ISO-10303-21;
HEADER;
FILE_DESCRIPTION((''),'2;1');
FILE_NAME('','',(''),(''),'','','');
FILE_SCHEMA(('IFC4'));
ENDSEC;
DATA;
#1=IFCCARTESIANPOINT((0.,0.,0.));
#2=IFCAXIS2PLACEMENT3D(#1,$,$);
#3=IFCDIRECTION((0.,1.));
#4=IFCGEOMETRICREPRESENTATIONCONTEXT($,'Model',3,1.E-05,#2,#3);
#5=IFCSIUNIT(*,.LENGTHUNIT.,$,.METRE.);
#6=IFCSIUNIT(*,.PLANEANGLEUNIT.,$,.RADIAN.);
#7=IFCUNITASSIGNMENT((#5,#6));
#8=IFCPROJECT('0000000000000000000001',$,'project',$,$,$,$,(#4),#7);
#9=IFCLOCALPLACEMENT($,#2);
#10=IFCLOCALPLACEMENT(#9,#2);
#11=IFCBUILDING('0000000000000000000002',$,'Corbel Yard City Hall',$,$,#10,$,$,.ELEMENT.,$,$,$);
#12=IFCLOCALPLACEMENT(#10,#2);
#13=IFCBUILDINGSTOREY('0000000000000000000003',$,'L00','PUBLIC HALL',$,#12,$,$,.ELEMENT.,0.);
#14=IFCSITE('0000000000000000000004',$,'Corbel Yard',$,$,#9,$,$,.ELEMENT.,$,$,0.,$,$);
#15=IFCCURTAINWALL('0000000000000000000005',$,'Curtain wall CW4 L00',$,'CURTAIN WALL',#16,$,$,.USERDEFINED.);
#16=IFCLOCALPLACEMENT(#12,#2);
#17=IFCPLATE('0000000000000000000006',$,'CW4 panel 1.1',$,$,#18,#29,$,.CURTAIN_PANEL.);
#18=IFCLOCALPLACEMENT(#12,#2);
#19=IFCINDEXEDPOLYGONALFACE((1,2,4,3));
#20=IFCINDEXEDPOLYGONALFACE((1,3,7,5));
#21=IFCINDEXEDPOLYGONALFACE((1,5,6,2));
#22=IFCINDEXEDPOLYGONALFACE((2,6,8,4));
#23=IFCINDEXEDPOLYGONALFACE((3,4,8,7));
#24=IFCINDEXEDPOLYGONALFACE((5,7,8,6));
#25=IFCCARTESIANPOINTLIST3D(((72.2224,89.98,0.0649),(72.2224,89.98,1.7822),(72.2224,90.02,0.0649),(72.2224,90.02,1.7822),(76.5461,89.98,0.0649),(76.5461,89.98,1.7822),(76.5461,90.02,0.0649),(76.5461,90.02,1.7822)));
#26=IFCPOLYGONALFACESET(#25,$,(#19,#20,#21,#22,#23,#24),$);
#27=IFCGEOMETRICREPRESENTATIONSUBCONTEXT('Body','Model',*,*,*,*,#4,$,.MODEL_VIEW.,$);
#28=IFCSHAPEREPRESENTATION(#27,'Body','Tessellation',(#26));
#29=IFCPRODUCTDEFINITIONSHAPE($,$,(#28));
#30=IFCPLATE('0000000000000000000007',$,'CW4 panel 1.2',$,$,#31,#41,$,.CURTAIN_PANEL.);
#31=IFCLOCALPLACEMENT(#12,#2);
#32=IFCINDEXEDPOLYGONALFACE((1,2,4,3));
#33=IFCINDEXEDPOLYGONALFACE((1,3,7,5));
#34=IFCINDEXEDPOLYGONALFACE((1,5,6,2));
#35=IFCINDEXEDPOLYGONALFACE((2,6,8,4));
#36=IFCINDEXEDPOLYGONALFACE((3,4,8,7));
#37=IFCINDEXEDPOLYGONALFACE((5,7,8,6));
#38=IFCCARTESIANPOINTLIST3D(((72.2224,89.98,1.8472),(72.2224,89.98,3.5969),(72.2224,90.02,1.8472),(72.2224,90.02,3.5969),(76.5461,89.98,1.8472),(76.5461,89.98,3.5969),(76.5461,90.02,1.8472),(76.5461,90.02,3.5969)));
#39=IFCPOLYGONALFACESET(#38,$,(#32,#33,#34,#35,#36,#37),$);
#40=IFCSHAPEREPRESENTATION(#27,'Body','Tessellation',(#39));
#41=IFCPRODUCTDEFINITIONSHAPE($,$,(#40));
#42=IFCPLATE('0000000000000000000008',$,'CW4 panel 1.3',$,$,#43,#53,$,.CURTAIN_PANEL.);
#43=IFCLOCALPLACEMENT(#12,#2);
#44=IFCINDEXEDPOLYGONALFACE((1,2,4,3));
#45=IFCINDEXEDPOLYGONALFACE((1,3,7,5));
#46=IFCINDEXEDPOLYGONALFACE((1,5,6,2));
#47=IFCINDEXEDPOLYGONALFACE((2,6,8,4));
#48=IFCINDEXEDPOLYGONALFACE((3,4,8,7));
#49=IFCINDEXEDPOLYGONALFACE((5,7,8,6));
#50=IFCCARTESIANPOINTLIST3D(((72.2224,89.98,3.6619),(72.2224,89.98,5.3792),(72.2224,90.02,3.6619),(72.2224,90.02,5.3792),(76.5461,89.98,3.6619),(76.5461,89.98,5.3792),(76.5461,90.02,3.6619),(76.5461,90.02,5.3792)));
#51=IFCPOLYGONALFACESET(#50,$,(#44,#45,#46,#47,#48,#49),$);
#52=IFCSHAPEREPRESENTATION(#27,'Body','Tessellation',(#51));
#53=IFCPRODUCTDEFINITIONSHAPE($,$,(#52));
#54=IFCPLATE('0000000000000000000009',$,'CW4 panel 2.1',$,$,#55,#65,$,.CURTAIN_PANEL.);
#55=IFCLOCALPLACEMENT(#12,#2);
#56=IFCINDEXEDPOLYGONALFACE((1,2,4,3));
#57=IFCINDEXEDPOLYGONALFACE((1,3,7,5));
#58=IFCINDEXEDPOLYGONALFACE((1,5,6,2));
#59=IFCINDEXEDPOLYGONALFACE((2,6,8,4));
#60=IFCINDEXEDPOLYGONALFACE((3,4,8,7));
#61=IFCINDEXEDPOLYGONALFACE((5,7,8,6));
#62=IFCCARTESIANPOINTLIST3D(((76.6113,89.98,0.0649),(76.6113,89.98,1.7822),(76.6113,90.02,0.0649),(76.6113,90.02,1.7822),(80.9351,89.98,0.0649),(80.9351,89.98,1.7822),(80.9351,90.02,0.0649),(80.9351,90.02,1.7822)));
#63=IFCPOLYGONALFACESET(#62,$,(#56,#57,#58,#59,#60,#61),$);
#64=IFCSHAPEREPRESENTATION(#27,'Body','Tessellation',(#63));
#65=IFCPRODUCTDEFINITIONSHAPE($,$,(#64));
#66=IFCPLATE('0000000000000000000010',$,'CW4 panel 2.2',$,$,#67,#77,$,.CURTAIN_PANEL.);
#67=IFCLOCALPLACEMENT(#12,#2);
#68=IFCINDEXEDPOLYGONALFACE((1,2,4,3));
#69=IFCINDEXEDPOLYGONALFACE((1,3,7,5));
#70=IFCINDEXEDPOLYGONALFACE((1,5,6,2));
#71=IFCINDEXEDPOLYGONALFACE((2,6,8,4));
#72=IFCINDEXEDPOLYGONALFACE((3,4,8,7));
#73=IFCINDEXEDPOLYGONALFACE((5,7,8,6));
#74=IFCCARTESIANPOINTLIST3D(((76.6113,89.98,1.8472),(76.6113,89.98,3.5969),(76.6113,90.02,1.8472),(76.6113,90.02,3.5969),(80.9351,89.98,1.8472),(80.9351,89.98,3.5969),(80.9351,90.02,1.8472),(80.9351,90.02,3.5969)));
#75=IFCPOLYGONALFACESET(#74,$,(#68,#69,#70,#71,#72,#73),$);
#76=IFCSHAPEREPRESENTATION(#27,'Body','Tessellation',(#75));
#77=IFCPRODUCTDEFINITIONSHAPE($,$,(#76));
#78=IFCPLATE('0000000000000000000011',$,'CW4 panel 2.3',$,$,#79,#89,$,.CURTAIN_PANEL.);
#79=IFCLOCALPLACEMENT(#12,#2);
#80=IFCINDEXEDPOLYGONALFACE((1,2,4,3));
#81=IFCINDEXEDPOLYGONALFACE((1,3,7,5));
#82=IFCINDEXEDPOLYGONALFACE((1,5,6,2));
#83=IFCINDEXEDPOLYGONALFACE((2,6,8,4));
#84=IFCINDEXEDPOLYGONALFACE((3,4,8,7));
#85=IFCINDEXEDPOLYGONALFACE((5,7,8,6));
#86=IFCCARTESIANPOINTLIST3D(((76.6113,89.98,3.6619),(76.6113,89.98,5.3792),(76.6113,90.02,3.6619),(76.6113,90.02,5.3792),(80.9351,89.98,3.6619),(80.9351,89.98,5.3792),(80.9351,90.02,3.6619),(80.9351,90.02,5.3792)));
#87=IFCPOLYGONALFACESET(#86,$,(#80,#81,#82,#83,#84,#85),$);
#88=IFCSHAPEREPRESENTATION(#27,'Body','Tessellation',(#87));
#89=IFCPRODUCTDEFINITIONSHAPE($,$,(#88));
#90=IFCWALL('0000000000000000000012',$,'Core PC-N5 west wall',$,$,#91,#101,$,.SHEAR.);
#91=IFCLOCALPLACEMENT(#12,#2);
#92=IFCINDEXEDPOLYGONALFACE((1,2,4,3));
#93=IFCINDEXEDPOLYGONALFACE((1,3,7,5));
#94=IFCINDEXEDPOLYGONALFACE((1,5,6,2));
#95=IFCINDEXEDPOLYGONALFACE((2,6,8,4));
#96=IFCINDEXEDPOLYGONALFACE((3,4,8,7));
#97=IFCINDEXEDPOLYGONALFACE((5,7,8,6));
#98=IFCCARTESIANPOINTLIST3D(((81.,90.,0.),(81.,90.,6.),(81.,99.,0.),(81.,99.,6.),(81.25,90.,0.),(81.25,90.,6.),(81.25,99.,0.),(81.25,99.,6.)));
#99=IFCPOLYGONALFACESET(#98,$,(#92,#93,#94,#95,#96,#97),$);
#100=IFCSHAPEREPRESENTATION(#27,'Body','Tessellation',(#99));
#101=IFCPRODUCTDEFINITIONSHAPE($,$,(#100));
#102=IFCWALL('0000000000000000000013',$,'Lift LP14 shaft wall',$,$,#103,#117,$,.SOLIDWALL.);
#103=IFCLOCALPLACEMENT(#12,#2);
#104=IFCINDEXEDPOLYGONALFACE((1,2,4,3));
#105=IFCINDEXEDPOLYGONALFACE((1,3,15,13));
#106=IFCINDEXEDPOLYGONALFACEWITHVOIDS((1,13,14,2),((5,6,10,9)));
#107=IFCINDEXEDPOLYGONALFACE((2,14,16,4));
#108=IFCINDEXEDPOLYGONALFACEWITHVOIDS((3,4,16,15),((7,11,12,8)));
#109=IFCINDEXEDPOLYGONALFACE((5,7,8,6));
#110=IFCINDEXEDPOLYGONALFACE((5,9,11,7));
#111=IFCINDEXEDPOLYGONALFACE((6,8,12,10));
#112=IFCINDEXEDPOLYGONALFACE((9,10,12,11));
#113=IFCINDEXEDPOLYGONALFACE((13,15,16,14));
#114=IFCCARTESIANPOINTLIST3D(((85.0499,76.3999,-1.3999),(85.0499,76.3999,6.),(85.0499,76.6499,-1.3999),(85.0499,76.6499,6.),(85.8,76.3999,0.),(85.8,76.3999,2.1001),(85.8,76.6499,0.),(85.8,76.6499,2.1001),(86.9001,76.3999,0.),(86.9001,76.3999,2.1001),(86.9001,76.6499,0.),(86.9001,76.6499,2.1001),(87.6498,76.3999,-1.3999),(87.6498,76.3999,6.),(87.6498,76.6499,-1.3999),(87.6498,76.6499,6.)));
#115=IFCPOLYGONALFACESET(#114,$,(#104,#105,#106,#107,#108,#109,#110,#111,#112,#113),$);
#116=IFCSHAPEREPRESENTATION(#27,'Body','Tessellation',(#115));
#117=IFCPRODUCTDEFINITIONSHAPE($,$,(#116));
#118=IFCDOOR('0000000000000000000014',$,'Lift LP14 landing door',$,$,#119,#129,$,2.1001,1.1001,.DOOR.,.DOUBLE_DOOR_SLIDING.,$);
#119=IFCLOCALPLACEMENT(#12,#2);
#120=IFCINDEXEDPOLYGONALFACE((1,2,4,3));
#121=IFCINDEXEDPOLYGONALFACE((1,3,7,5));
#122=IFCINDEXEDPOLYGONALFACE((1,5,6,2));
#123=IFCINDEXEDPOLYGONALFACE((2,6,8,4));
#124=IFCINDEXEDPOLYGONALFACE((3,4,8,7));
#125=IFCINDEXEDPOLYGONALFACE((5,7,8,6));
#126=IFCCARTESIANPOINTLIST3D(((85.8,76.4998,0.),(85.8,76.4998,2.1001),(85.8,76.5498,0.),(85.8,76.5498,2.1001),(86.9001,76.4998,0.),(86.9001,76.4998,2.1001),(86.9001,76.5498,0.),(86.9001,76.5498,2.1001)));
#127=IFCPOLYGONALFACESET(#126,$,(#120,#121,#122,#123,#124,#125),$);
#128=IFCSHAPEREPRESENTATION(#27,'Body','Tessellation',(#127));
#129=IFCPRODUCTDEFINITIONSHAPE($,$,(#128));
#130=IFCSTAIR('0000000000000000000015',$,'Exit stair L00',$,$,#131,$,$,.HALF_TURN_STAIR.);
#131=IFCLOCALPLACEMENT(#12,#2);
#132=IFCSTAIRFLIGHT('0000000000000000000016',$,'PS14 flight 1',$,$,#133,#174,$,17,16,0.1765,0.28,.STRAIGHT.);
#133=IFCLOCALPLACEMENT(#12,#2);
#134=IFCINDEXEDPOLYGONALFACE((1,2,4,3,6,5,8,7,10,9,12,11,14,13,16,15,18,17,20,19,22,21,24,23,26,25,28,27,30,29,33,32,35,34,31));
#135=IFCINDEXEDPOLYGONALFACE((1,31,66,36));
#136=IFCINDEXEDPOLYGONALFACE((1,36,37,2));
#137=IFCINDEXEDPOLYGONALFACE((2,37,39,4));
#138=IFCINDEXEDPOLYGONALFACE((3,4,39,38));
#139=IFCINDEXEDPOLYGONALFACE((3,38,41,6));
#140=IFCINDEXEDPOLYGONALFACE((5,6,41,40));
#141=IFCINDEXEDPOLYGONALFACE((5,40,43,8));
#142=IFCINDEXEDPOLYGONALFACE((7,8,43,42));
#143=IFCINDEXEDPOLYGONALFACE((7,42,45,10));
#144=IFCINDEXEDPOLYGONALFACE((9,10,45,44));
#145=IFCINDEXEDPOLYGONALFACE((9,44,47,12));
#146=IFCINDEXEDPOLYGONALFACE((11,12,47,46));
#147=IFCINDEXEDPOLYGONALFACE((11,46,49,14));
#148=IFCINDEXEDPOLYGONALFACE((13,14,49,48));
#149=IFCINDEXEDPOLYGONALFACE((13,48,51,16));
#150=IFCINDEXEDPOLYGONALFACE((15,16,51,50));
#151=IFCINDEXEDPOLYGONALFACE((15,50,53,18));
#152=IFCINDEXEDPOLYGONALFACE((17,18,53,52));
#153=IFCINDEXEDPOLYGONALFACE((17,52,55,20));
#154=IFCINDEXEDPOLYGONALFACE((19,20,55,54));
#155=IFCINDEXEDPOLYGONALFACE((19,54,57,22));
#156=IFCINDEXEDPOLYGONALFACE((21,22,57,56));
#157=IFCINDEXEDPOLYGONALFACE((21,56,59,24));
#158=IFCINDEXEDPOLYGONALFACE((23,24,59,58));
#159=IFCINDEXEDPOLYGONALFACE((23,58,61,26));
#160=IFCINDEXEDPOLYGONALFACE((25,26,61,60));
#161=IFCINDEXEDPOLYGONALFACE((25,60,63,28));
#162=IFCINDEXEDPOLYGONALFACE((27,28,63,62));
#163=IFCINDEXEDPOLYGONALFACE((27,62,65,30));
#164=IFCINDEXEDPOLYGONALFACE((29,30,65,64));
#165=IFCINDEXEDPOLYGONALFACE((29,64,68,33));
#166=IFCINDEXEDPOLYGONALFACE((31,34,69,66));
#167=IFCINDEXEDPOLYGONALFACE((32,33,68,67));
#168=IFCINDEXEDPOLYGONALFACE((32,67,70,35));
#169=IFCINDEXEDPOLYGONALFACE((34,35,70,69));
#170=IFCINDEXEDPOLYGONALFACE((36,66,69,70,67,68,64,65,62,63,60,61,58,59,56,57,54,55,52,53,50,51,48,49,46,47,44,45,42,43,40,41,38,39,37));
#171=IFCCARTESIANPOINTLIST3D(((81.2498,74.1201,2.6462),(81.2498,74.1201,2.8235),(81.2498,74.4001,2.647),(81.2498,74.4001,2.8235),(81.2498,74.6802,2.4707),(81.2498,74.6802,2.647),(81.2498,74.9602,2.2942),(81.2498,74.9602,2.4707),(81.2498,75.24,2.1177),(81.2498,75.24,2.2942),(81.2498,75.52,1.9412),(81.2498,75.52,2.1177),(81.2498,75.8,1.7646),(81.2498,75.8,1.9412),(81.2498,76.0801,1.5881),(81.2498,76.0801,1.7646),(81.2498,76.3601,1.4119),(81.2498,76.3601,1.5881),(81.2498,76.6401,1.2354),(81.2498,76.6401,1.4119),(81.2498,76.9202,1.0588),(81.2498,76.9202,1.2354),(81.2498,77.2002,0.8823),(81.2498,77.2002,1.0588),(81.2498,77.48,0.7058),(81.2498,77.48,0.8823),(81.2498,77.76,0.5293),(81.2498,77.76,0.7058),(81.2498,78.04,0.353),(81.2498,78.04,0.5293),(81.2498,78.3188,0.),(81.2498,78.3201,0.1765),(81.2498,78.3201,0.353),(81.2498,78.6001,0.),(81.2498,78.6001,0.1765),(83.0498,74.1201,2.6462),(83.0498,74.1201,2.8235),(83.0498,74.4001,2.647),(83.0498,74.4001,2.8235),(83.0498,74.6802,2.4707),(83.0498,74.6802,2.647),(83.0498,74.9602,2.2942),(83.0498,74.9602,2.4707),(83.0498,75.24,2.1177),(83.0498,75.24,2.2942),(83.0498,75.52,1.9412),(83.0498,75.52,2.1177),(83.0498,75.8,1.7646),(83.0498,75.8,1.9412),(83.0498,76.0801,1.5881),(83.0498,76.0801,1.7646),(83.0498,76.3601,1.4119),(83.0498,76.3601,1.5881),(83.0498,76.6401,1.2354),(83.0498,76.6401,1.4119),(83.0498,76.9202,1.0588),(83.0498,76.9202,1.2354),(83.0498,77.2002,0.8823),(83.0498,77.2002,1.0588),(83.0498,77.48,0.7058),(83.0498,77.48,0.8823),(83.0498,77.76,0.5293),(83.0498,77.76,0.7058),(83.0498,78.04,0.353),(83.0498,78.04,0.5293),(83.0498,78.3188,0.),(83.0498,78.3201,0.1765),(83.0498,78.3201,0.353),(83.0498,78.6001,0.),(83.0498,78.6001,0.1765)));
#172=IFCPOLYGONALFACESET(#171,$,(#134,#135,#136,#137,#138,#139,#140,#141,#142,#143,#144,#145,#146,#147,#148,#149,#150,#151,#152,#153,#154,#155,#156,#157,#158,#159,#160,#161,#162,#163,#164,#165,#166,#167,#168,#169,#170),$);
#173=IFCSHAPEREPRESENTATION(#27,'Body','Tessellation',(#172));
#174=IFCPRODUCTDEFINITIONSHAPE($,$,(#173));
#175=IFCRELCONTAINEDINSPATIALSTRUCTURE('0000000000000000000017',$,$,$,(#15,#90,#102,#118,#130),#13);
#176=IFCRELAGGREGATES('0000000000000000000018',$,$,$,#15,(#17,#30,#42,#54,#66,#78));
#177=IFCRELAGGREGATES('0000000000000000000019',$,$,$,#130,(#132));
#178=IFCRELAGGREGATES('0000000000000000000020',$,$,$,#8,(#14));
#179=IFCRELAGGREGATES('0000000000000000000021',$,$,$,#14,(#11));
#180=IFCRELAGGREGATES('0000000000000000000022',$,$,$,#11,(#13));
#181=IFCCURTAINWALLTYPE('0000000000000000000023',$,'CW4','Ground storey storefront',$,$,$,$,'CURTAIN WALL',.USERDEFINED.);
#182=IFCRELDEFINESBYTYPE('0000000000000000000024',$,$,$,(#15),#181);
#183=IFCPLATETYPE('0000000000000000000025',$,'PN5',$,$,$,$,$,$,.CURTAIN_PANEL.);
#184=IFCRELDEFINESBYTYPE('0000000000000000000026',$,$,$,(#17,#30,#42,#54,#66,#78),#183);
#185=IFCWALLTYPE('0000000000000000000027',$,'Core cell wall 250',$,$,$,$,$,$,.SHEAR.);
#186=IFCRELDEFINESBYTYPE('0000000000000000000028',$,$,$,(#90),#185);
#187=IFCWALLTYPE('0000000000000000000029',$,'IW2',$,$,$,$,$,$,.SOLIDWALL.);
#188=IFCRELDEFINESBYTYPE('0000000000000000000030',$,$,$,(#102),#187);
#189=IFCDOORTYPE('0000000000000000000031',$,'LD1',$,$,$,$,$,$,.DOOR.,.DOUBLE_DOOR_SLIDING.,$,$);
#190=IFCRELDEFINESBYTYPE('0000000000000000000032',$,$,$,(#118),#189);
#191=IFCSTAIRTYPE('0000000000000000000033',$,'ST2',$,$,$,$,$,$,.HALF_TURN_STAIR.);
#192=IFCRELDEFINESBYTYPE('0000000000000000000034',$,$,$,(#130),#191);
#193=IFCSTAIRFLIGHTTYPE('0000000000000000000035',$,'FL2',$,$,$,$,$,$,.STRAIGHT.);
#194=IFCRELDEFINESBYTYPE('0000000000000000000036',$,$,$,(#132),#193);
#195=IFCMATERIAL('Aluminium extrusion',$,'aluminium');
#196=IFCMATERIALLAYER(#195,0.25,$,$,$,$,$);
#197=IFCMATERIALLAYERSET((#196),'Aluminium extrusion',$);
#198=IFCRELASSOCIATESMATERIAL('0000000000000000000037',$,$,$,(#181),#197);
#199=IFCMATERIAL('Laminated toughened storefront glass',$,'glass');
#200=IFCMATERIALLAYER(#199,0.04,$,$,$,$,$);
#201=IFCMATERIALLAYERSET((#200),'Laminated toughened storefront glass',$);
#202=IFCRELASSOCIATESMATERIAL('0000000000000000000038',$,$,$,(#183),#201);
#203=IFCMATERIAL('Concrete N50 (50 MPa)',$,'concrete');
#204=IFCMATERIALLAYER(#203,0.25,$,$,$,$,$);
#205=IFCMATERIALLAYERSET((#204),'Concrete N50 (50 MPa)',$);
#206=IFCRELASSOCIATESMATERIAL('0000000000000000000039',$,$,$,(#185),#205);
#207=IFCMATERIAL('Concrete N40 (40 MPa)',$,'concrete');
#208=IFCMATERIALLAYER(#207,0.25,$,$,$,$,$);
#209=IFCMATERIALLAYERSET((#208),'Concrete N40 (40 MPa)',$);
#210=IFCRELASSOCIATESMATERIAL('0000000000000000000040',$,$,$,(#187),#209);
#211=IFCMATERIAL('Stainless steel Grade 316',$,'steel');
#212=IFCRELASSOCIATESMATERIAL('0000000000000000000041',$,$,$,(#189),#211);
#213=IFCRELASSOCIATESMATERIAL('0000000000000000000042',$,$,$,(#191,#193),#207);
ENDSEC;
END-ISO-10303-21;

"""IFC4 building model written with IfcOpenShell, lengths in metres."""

from ifc_helpers import new_model, si_unit, direction, frame, frame_2d, origin, origin_2d, place, context, subcontext, project, spatial, polyline, rectangle, outline, extrude, material, layer, layer_set, type_object, element, fill, aggregate, save


model = new_model("IFC4")

# Units and contexts
model_context = context("Model", 3, precision=1e-05, world=origin(), true_north=direction((0.0, 1.0)))
body_context = subcontext(model_context, "Body", "Model", "MODEL_VIEW")
ifc_project = project(units=[si_unit("LENGTHUNIT", "METRE"), si_unit("PLANEANGLEUNIT", "RADIAN")], contexts=[model_context])

# Site, building, storey
site_placement = place(None, origin())
site = spatial("IfcSite", under=ifc_project, at=site_placement, Name="Corbel Yard", CompositionType="ELEMENT", RefElevation=0.0)
building_placement = place(site_placement, origin())
building = spatial("IfcBuilding", under=site, at=building_placement, Name="Corbel Yard City Hall", CompositionType="ELEMENT")
storey_placement = place(building_placement, origin())
storey = spatial("IfcBuildingStorey", under=building, at=storey_placement, Name="L00", Description="PUBLIC HALL", CompositionType="ELEMENT", Elevation=0.0)

# Shared definitions
ifc_material_1 = material(Name="Concrete N40 (40 MPa)", Category="concrete")

# Curtain wall
ifc_material_2 = material(Name="Aluminium extrusion", Category="aluminium")
ifc_layer_1 = layer(ifc_material_2, 0.25)
ifc_layer_set_1 = layer_set([ifc_layer_1], Name="Aluminium extrusion")
curtain_wall_type = type_object("IfcCurtainWallType", Name="CW4", Description="Ground storey storefront", ElementType="CURTAIN WALL", PredefinedType="USERDEFINED", material=ifc_layer_set_1)
curtain_wall_placement = place(storey_placement, origin())
curtain_wall = element("IfcCurtainWall", 1, at=curtain_wall_placement, inside=storey, type_object=curtain_wall_type, Name="Curtain wall CW4 L00", ObjectType="CURTAIN WALL", PredefinedType="USERDEFINED")

# Plates
ifc_material_3 = material(Name="Laminated toughened storefront glass", Category="glass")
ifc_layer_2 = layer(ifc_material_3, 0.04)
ifc_layer_set_2 = layer_set([ifc_layer_2], Name="Laminated toughened storefront glass")
plate_type = type_object("IfcPlateType", Name="PN5", PredefinedType="CURTAIN_PANEL", material=ifc_layer_set_2)
plate_1_placement = place(storey_placement, frame((74.3843, 90.0, 0.0649), z_axis=(0.0, 0.0, 1.0), x_axis=(1.0, 0.0, 0.0)))
plate_1 = element("IfcPlate", 2, at=plate_1_placement, type_object=plate_type, Name="CW4 panel 1.1", PredefinedType="CURTAIN_PANEL", context=body_context, shape_type="SweptSolid", body=[
    extrude(rectangle(XDim=4.3237, YDim=0.04, at=origin_2d()), origin(), (0.0, 0.0, 1.0), 1.7173),
])
plate_2_placement = place(storey_placement, frame((74.3843, 90.0, 1.8472), z_axis=(0.0, 0.0, 1.0), x_axis=(1.0, 0.0, 0.0)))
plate_2 = element("IfcPlate", 3, at=plate_2_placement, type_object=plate_type, Name="CW4 panel 1.2", PredefinedType="CURTAIN_PANEL", context=body_context, shape_type="SweptSolid", body=[
    extrude(rectangle(XDim=4.3237, YDim=0.04, at=origin_2d()), origin(), (0.0, 0.0, 1.0), 1.7498),
])
plate_3_placement = place(storey_placement, frame((74.3843, 90.0, 3.6619), z_axis=(0.0, 0.0, 1.0), x_axis=(1.0, 0.0, 0.0)))
plate_3 = element("IfcPlate", 4, at=plate_3_placement, type_object=plate_type, Name="CW4 panel 1.3", PredefinedType="CURTAIN_PANEL", context=body_context, shape_type="SweptSolid", body=[
    extrude(rectangle(XDim=4.3237, YDim=0.04, at=origin_2d()), origin(), (0.0, 0.0, 1.0), 1.7173),
])
plate_4_placement = place(storey_placement, frame((78.7732, 90.0, 0.0649), z_axis=(0.0, 0.0, 1.0), x_axis=(1.0, 0.0, 0.0)))
plate_4 = element("IfcPlate", 5, at=plate_4_placement, type_object=plate_type, Name="CW4 panel 2.1", PredefinedType="CURTAIN_PANEL", context=body_context, shape_type="SweptSolid", body=[
    extrude(rectangle(XDim=4.3237, YDim=0.04, at=origin_2d()), origin(), (0.0, 0.0, 1.0), 1.7173),
])
plate_5_placement = place(storey_placement, frame((78.7732, 90.0, 1.8472), z_axis=(0.0, 0.0, 1.0), x_axis=(1.0, 0.0, 0.0)))
plate_5 = element("IfcPlate", 6, at=plate_5_placement, type_object=plate_type, Name="CW4 panel 2.2", PredefinedType="CURTAIN_PANEL", context=body_context, shape_type="SweptSolid", body=[
    extrude(rectangle(XDim=4.3237, YDim=0.04, at=origin_2d()), origin(), (0.0, 0.0, 1.0), 1.7498),
])
plate_6_placement = place(storey_placement, frame((78.7732, 90.0, 3.6619), z_axis=(0.0, 0.0, 1.0), x_axis=(1.0, 0.0, 0.0)))
plate_6 = element("IfcPlate", 7, at=plate_6_placement, type_object=plate_type, Name="CW4 panel 2.3", PredefinedType="CURTAIN_PANEL", context=body_context, shape_type="SweptSolid", body=[
    extrude(rectangle(XDim=4.3237, YDim=0.04, at=origin_2d()), origin(), (0.0, 0.0, 1.0), 1.7173),
])
aggregate(curtain_wall, [plate_1, plate_2, plate_3, plate_4, plate_5, plate_6])

# Wall
ifc_material_4 = material(Name="Concrete N50 (50 MPa)", Category="concrete")
ifc_layer_3 = layer(ifc_material_4, 0.25)
ifc_layer_set_3 = layer_set([ifc_layer_3], Name="Concrete N50 (50 MPa)")
wall_type_1 = type_object("IfcWallType", Name="Core cell wall 250", PredefinedType="SHEAR", material=ifc_layer_set_3)
wall_1_placement = place(storey_placement, frame((81.125, 90.0, 0.0), z_axis=(0.0, 0.0, 1.0), x_axis=(0.0, 1.0, 0.0)))
element("IfcWall", 8, at=wall_1_placement, inside=storey, type_object=wall_type_1, Name="Core PC-N5 west wall", PredefinedType="SHEAR", context=body_context, shape_type="SweptSolid", body=[
    extrude(rectangle(XDim=9.0, YDim=0.25, at=frame_2d((4.5, 0.0))), origin(), (0.0, 0.0, 1.0), 6.0),
])

# Wall, opening, door
ifc_layer_4 = layer(ifc_material_1, 0.25)
ifc_layer_set_4 = layer_set([ifc_layer_4], Name="Concrete N40 (40 MPa)")
wall_type_2 = type_object("IfcWallType", Name="IW2", PredefinedType="SOLIDWALL", material=ifc_layer_set_4)
wall_2_placement = place(storey_placement, frame((85.05, 76.5249, -1.3999), z_axis=(0.0, 0.0, 1.0), x_axis=(1.0, 0.0, 0.0)))
wall_2 = element("IfcWall", 9, at=wall_2_placement, inside=storey, type_object=wall_type_2, Name="Lift LP14 shaft wall", PredefinedType="SOLIDWALL", context=body_context, shape_type="SweptSolid", body=[
    extrude(rectangle(XDim=2.5999, YDim=0.25, at=frame_2d((1.2998, 0.0))), origin(), (0.0, 0.0, 1.0), 7.3999),
])
opening_placement = place(wall_2_placement, frame((0.75, 0.0, 1.3999)))
opening = element("IfcOpeningElement", 10, at=opening_placement, cuts=wall_2, PredefinedType="OPENING", context=body_context, shape_type="SweptSolid", body=[
    extrude(rectangle(XDim=1.1001, YDim=2.1001, at=frame_2d((0.55, 1.05))), frame((0.0, 0.135, 0.0), z_axis=(0.0, -1.0, 0.0), x_axis=(1.0, 0.0, 0.0)), (0.0, 0.0, 1.0), 0.27),
])
ifc_material_5 = material(Name="Stainless steel Grade 316", Category="steel")
door_type = type_object("IfcDoorType", Name="LD1", OperationType="DOUBLE_DOOR_SLIDING", PredefinedType="DOOR", material=ifc_material_5)
door_placement = place(opening_placement, origin())
door = element("IfcDoor", 11, at=door_placement, inside=storey, type_object=door_type, Name="Lift LP14 landing door", OperationType="DOUBLE_DOOR_SLIDING", OverallHeight=2.1001, OverallWidth=1.1001, PredefinedType="DOOR", context=body_context, shape_type="SweptSolid", body=[
    extrude(rectangle(XDim=1.1001, YDim=2.1001, at=frame_2d((0.55, 1.05))), frame((0.0, 0.0249, 0.0), z_axis=(0.0, -1.0, 0.0), x_axis=(1.0, 0.0, 0.0)), (0.0, 0.0, 1.0), 0.05),
])
fill(opening, door)

# Stair, stair flight
stair_type = type_object("IfcStairType", Name="ST2", PredefinedType="HALF_TURN_STAIR", material=ifc_material_1)
stair_placement = place(storey_placement, origin())
stair = element("IfcStair", 12, at=stair_placement, inside=storey, type_object=stair_type, Name="Exit stair L00", PredefinedType="HALF_TURN_STAIR")
stair_flight_type = type_object("IfcStairFlightType", Name="FL2", PredefinedType="STRAIGHT", material=ifc_material_1)
stair_flight_placement = place(storey_placement, frame((82.1499, 78.6001, 0.0), z_axis=(0.0, 0.0, 1.0), x_axis=(0.0, -1.0, 0.0)))
stair_flight = element("IfcStairFlight", 13, at=stair_flight_placement, type_object=stair_flight_type, Name="PS14 flight 1", NumberOfRisers=17, NumberOfTreads=16, PredefinedType="STRAIGHT", RiserHeight=0.1765, TreadLength=0.28, context=body_context, shape_type="SweptSolid", body=[
    extrude(outline(polyline([(0.0, 0.0), (0.0, 0.1765), (0.28, 0.1765), (0.28, 0.353), (0.5601, 0.353), (0.5601, 0.5293), (0.8401, 0.5293), (0.8401, 0.7058), (1.1201, 0.7058), (1.1201, 0.8823), (1.3999, 0.8823), (1.3999, 1.0588), (1.6799, 1.0588), (1.6799, 1.2354), (1.96, 1.2354), (1.96, 1.4119), (2.24, 1.4119), (2.24, 1.5881), (2.52, 1.5881), (2.52, 1.7646), (2.8, 1.7646), (2.8, 1.9412), (3.0801, 1.9412), (3.0801, 2.1177), (3.3601, 2.1177), (3.3601, 2.2942), (3.6399, 2.2942), (3.6399, 2.4707), (3.9199, 2.4707), (3.9199, 2.647), (4.2, 2.647), (4.2, 2.8235), (4.48, 2.8235), (4.48, 3.0), (4.48, 2.6462), (0.2812, 0.0), (0.0, 0.0)])), frame((0.0, 0.8999, 0.0), z_axis=(0.0, -1.0, 0.0), x_axis=(1.0, 0.0, 0.0)), (0.0, 0.0, 1.0), 1.8),
])
aggregate(stair, [stair_flight])

save(model, "model.ifc")
